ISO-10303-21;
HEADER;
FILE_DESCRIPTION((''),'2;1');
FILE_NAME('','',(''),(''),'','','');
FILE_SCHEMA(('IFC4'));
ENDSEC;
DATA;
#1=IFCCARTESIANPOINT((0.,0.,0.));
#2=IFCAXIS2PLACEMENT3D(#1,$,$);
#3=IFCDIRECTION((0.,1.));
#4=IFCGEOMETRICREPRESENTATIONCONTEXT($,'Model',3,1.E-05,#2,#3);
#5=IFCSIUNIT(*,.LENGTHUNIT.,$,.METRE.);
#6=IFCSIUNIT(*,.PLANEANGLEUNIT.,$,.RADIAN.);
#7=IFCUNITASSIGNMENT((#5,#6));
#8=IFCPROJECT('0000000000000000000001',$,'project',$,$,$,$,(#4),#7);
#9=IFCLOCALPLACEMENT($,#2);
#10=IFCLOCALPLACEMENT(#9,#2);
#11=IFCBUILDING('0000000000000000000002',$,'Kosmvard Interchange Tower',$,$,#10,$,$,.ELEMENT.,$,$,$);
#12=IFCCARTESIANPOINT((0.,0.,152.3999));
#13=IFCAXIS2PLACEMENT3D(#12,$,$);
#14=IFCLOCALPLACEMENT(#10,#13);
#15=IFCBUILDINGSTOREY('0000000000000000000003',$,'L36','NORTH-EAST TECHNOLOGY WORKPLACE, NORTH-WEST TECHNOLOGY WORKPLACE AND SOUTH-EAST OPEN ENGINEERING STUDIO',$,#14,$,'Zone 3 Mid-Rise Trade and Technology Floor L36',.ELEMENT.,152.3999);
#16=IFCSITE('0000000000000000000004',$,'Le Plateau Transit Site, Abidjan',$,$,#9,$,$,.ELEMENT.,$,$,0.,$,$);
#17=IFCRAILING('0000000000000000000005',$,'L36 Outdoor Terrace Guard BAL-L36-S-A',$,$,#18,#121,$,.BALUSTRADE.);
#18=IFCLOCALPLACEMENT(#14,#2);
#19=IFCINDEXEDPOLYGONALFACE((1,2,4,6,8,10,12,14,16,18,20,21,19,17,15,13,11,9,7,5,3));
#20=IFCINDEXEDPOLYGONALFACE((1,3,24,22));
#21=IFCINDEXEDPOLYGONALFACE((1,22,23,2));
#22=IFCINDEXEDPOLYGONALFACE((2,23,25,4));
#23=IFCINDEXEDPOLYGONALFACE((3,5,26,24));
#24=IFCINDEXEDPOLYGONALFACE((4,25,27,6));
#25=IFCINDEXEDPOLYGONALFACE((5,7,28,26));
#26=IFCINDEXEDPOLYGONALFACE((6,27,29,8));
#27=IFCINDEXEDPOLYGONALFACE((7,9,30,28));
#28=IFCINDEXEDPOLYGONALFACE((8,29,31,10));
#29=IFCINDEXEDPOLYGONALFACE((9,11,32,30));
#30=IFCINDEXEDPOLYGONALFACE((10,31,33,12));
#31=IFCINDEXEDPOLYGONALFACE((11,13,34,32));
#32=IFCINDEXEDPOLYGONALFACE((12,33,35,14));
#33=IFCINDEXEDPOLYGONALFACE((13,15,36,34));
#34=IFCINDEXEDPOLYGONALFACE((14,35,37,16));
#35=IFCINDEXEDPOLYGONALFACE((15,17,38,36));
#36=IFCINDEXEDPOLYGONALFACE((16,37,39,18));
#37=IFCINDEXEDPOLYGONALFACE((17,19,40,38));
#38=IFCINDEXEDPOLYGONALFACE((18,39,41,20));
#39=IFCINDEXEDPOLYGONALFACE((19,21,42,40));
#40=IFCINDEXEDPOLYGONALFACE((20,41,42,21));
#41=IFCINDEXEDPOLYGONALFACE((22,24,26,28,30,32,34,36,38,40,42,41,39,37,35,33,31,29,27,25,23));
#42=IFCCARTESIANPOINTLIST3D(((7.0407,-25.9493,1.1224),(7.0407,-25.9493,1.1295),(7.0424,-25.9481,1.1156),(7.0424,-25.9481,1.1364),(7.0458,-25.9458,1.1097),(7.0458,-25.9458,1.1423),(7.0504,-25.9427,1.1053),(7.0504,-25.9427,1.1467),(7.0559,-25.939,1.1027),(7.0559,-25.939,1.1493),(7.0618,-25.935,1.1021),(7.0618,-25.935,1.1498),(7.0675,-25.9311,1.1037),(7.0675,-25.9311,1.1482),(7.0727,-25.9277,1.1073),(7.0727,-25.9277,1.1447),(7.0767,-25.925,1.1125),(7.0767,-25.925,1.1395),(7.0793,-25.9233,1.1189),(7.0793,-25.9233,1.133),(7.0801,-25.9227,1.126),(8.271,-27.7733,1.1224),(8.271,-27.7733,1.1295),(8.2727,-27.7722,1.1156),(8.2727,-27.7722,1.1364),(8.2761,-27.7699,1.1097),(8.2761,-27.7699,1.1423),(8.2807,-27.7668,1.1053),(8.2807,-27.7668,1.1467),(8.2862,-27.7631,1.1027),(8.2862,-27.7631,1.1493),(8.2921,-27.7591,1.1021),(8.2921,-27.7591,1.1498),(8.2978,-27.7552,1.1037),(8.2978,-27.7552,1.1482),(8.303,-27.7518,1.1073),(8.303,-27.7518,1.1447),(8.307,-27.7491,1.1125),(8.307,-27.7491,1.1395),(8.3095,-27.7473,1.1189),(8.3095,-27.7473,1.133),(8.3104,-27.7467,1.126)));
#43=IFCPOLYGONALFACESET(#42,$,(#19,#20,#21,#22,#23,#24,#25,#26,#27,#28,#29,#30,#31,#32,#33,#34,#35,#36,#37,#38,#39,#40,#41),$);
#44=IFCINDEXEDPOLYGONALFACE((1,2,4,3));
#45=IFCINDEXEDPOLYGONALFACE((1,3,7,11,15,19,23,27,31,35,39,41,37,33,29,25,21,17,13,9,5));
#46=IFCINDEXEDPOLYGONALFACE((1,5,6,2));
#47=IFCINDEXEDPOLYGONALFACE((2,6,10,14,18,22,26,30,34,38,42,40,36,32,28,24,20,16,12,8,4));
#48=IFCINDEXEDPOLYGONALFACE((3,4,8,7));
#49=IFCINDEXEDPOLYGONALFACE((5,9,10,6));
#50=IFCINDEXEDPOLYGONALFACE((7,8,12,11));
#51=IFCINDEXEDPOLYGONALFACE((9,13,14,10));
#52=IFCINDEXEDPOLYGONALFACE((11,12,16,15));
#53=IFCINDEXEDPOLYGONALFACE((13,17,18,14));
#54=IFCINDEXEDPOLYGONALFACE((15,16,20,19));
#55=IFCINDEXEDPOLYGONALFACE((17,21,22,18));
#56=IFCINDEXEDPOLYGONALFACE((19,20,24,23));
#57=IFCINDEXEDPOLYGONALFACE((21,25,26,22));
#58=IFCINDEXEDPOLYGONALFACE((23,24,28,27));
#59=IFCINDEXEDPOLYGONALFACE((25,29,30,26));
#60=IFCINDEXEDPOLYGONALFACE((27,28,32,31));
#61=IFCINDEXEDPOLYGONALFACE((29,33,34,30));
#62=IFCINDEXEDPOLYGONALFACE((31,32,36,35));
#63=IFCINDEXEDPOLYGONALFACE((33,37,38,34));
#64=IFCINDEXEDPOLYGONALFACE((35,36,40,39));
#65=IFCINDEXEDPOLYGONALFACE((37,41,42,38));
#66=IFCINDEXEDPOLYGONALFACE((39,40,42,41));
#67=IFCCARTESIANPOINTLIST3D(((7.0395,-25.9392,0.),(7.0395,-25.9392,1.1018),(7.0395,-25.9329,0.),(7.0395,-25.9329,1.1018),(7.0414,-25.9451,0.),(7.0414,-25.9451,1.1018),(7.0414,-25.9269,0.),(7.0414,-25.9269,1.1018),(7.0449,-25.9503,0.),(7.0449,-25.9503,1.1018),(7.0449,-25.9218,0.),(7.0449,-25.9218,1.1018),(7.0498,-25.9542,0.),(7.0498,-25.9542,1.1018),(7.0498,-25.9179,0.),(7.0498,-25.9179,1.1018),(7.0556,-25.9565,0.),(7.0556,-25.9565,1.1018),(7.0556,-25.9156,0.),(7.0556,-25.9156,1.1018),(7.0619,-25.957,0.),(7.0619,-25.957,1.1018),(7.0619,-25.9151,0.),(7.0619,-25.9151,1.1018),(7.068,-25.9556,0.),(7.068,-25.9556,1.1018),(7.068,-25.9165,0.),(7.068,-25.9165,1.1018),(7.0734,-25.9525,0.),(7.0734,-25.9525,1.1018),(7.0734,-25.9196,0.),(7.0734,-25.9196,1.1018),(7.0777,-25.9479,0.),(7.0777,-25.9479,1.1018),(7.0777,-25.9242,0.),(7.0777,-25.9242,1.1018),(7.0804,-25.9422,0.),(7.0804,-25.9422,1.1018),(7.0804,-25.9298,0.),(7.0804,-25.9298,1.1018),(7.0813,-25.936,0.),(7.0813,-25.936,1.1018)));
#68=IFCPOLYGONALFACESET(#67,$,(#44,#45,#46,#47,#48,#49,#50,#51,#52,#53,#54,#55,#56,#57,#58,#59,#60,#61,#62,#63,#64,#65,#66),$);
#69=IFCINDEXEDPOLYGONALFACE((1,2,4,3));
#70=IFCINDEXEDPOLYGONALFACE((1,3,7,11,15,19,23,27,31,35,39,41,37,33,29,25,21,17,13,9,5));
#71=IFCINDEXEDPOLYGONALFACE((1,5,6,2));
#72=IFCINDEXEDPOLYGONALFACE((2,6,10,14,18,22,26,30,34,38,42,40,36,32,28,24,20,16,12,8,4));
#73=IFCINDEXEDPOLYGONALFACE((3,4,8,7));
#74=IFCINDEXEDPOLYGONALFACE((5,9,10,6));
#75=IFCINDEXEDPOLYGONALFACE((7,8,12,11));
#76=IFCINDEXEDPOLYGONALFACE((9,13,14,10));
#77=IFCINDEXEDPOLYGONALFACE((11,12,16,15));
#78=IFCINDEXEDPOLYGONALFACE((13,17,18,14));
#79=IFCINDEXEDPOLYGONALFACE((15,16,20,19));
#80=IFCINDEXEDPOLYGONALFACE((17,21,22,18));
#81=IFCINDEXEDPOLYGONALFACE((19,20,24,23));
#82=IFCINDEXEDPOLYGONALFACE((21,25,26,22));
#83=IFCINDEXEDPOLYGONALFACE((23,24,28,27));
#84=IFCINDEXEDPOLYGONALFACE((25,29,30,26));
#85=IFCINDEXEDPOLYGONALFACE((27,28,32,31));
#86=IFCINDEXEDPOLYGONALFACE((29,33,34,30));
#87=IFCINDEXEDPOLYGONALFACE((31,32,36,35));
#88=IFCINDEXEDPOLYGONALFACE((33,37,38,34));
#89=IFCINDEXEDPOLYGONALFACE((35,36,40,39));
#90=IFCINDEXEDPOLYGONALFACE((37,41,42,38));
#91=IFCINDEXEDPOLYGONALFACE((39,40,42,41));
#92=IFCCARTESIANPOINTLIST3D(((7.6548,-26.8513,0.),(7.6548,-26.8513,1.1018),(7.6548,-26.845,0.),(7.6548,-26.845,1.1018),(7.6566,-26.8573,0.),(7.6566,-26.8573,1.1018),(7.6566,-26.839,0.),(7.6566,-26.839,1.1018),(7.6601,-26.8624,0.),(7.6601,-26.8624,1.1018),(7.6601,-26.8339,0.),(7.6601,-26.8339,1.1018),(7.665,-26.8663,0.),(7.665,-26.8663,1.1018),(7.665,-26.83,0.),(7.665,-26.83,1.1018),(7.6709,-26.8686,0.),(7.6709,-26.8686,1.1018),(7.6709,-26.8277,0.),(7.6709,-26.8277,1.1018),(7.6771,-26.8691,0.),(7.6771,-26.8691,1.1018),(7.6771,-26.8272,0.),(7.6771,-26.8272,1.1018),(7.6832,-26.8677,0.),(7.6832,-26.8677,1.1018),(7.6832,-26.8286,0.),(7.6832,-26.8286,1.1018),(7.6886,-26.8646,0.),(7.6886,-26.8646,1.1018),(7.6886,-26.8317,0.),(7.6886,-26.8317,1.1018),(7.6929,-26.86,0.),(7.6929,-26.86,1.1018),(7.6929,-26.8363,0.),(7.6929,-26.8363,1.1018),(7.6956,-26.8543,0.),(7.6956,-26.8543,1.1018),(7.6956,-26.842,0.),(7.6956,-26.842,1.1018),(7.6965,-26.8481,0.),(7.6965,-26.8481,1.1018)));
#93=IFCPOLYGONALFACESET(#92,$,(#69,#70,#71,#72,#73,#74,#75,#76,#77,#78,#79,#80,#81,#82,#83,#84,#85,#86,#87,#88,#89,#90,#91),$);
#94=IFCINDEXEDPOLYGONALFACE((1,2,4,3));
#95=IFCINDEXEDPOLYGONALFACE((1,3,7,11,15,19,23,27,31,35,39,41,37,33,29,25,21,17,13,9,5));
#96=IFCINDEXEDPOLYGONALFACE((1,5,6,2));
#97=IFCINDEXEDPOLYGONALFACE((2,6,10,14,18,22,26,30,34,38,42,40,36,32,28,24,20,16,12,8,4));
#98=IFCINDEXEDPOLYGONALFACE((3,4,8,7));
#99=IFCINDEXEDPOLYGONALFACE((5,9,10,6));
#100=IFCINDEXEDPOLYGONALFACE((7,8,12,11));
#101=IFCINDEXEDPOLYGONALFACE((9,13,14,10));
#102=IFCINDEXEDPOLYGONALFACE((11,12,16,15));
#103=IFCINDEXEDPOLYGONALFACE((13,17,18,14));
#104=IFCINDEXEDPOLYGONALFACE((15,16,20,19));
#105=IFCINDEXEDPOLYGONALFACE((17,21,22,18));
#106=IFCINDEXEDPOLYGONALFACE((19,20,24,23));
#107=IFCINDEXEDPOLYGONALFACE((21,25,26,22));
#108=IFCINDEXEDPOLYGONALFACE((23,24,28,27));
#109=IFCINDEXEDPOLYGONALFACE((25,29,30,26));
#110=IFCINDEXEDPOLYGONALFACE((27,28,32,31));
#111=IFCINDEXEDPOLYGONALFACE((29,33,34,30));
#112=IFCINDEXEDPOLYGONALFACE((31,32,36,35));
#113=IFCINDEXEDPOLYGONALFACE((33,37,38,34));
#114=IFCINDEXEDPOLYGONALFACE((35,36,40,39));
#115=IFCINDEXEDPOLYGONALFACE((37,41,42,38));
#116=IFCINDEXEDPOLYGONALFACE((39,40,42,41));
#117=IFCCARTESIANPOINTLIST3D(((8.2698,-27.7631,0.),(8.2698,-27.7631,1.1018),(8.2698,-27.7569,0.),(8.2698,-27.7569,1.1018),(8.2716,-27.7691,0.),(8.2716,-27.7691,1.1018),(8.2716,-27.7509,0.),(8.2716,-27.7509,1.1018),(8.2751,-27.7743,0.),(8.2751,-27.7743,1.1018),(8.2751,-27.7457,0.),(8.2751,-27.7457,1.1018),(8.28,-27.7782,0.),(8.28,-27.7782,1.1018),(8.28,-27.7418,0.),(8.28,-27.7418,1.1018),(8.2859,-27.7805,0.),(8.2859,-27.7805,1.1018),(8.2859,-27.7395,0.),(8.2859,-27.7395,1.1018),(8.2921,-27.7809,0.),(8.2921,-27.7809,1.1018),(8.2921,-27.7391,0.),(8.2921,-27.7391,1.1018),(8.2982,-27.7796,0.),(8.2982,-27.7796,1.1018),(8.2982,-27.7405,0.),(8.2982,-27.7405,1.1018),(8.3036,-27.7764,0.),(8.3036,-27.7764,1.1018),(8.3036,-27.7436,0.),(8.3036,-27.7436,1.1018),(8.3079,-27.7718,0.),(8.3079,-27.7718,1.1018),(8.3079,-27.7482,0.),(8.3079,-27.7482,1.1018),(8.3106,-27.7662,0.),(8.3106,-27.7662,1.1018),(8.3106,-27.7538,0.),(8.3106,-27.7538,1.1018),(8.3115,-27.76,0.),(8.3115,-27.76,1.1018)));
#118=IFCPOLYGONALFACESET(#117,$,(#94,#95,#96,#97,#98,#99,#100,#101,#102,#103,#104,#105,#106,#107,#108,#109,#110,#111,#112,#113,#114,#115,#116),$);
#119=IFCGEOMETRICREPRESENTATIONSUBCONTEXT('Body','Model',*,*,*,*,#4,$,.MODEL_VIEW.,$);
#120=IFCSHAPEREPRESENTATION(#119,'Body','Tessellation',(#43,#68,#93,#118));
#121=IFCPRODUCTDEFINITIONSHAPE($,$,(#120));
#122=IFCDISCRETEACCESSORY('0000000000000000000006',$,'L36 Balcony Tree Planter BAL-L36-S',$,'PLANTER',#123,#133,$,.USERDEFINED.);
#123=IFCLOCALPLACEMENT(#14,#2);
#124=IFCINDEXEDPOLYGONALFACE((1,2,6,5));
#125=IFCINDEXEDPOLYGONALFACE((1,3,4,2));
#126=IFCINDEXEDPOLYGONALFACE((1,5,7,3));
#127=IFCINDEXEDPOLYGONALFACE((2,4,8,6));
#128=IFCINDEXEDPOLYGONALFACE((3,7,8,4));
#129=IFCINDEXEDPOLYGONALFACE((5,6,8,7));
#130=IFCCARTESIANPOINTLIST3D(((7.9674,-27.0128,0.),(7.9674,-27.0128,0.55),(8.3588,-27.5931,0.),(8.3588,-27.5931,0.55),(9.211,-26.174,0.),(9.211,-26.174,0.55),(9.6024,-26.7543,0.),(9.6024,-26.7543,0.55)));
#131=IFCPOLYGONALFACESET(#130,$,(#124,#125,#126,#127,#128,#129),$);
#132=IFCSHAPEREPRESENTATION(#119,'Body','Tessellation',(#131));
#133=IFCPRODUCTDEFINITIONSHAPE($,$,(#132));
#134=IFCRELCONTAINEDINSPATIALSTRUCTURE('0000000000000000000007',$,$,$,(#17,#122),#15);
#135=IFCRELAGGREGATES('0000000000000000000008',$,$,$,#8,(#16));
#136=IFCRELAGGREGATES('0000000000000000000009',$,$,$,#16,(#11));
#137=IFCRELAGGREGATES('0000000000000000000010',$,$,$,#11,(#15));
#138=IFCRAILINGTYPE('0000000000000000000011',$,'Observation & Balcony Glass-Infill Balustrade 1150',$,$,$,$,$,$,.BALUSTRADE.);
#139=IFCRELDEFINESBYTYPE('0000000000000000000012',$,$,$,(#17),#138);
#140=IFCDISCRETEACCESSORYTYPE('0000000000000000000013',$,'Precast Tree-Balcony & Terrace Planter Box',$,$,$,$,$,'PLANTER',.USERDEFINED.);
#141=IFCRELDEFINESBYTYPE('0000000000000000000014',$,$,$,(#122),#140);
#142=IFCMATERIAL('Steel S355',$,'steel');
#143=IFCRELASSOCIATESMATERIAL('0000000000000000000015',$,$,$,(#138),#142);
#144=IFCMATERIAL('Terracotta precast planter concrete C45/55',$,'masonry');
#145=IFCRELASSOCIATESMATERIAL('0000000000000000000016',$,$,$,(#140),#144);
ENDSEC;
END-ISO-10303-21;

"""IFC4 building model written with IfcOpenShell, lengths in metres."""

from ifc_helpers import new_model, si_unit, direction, frame, origin, origin_2d, place, context, subcontext, project, spatial, rectangle, circle, extrude, source, transform, mapped, material, type_object, element, save


model = new_model("IFC4")

# Units and contexts
model_context = context("Model", 3, precision=1e-05, world=origin(), true_north=direction((0.0, 1.0)))
body_context = subcontext(model_context, "Body", "Model", "MODEL_VIEW")
ifc_project = project(units=[si_unit("LENGTHUNIT", "METRE"), si_unit("PLANEANGLEUNIT", "RADIAN")], contexts=[model_context])

# Site, building, storey
site_placement = place(None, origin())
site = spatial("IfcSite", under=ifc_project, at=site_placement, Name="Le Plateau Transit Site, Abidjan", CompositionType="ELEMENT", RefElevation=0.0)
building_placement = place(site_placement, origin())
building = spatial("IfcBuilding", under=site, at=building_placement, Name="Kosmvard Interchange Tower", CompositionType="ELEMENT")
storey_placement = place(building_placement, frame((0.0, 0.0, 152.3999)))
storey = spatial("IfcBuildingStorey", under=building, at=storey_placement, Name="L36", Description="NORTH-EAST TECHNOLOGY WORKPLACE, NORTH-WEST TECHNOLOGY WORKPLACE AND SOUTH-EAST OPEN ENGINEERING STUDIO", LongName="Zone 3 Mid-Rise Trade and Technology Floor L36", CompositionType="ELEMENT", Elevation=152.3999)

# Shared definitions
ifc_material_1 = material(Name="Steel S355", Category="steel")

# Railing
railing_type = type_object("IfcRailingType", Name="Observation & Balcony Glass-Infill Balustrade 1150", PredefinedType="BALUSTRADE", material=ifc_material_1)
shared_shape_1 = source(origin(), body_context, "Body", "SweptSolid", [
    extrude(circle(Radius=0.0239, at=origin_2d()), frame((0.0, 0.0, 1.126), z_axis=(0.559174, -0.829051, 0.0), x_axis=(0.829051, 0.559174, 0.0)), (0.0, 0.0, 1.0), 2.2002),
    extrude(circle(Radius=0.021, at=origin_2d()), origin(), (0.0, 0.0, 1.0), 1.1018),
    extrude(circle(Radius=0.021, at=origin_2d()), frame((0.6152, -0.9121, 0.0)), (0.0, 0.0, 1.0), 1.1018),
    extrude(circle(Radius=0.021, at=origin_2d()), frame((1.2302, -1.824, 0.0)), (0.0, 0.0, 1.0), 1.1018),
])
railing_1_placement = place(storey_placement, frame((7.0603, -25.936, 0.0)))
element("IfcRailing", 1, at=railing_1_placement, inside=storey, type_object=railing_type, Name="L36 Outdoor Terrace Guard BAL-L36-S-A", PredefinedType="BALUSTRADE", context=body_context, shape_type="MappedRepresentation", body=[
    mapped(shared_shape_1, transform((0.0, 0.0, 0.0), scale=1.0)),
])

# Discrete accessory
ifc_material_2 = material(Name="Terracotta precast planter concrete C45/55", Category="masonry")
discrete_accessory_type = type_object("IfcDiscreteAccessoryType", Name="Precast Tree-Balcony & Terrace Planter Box", ElementType="PLANTER", PredefinedType="USERDEFINED", material=ifc_material_2)
shared_shape_2 = source(origin(), body_context, "Body", "SweptSolid", [
    extrude(rectangle(XDim=1.5, YDim=0.7, at=origin_2d()), origin(), (0.0, 0.0, 1.0), 0.55),
])
discrete_accessory_placement = place(storey_placement, frame((8.7849, -26.8835, 0.0), z_axis=(0.0, 0.0, 1.0), x_axis=(0.829038, 0.559193, 0.0)))
element("IfcDiscreteAccessory", 2, at=discrete_accessory_placement, inside=storey, type_object=discrete_accessory_type, Name="L36 Balcony Tree Planter BAL-L36-S", ObjectType="PLANTER", PredefinedType="USERDEFINED", context=body_context, shape_type="MappedRepresentation", body=[
    mapped(shared_shape_2, transform((0.0, 0.0, 0.0), scale=1.0)),
])

save(model, "model.ifc")
